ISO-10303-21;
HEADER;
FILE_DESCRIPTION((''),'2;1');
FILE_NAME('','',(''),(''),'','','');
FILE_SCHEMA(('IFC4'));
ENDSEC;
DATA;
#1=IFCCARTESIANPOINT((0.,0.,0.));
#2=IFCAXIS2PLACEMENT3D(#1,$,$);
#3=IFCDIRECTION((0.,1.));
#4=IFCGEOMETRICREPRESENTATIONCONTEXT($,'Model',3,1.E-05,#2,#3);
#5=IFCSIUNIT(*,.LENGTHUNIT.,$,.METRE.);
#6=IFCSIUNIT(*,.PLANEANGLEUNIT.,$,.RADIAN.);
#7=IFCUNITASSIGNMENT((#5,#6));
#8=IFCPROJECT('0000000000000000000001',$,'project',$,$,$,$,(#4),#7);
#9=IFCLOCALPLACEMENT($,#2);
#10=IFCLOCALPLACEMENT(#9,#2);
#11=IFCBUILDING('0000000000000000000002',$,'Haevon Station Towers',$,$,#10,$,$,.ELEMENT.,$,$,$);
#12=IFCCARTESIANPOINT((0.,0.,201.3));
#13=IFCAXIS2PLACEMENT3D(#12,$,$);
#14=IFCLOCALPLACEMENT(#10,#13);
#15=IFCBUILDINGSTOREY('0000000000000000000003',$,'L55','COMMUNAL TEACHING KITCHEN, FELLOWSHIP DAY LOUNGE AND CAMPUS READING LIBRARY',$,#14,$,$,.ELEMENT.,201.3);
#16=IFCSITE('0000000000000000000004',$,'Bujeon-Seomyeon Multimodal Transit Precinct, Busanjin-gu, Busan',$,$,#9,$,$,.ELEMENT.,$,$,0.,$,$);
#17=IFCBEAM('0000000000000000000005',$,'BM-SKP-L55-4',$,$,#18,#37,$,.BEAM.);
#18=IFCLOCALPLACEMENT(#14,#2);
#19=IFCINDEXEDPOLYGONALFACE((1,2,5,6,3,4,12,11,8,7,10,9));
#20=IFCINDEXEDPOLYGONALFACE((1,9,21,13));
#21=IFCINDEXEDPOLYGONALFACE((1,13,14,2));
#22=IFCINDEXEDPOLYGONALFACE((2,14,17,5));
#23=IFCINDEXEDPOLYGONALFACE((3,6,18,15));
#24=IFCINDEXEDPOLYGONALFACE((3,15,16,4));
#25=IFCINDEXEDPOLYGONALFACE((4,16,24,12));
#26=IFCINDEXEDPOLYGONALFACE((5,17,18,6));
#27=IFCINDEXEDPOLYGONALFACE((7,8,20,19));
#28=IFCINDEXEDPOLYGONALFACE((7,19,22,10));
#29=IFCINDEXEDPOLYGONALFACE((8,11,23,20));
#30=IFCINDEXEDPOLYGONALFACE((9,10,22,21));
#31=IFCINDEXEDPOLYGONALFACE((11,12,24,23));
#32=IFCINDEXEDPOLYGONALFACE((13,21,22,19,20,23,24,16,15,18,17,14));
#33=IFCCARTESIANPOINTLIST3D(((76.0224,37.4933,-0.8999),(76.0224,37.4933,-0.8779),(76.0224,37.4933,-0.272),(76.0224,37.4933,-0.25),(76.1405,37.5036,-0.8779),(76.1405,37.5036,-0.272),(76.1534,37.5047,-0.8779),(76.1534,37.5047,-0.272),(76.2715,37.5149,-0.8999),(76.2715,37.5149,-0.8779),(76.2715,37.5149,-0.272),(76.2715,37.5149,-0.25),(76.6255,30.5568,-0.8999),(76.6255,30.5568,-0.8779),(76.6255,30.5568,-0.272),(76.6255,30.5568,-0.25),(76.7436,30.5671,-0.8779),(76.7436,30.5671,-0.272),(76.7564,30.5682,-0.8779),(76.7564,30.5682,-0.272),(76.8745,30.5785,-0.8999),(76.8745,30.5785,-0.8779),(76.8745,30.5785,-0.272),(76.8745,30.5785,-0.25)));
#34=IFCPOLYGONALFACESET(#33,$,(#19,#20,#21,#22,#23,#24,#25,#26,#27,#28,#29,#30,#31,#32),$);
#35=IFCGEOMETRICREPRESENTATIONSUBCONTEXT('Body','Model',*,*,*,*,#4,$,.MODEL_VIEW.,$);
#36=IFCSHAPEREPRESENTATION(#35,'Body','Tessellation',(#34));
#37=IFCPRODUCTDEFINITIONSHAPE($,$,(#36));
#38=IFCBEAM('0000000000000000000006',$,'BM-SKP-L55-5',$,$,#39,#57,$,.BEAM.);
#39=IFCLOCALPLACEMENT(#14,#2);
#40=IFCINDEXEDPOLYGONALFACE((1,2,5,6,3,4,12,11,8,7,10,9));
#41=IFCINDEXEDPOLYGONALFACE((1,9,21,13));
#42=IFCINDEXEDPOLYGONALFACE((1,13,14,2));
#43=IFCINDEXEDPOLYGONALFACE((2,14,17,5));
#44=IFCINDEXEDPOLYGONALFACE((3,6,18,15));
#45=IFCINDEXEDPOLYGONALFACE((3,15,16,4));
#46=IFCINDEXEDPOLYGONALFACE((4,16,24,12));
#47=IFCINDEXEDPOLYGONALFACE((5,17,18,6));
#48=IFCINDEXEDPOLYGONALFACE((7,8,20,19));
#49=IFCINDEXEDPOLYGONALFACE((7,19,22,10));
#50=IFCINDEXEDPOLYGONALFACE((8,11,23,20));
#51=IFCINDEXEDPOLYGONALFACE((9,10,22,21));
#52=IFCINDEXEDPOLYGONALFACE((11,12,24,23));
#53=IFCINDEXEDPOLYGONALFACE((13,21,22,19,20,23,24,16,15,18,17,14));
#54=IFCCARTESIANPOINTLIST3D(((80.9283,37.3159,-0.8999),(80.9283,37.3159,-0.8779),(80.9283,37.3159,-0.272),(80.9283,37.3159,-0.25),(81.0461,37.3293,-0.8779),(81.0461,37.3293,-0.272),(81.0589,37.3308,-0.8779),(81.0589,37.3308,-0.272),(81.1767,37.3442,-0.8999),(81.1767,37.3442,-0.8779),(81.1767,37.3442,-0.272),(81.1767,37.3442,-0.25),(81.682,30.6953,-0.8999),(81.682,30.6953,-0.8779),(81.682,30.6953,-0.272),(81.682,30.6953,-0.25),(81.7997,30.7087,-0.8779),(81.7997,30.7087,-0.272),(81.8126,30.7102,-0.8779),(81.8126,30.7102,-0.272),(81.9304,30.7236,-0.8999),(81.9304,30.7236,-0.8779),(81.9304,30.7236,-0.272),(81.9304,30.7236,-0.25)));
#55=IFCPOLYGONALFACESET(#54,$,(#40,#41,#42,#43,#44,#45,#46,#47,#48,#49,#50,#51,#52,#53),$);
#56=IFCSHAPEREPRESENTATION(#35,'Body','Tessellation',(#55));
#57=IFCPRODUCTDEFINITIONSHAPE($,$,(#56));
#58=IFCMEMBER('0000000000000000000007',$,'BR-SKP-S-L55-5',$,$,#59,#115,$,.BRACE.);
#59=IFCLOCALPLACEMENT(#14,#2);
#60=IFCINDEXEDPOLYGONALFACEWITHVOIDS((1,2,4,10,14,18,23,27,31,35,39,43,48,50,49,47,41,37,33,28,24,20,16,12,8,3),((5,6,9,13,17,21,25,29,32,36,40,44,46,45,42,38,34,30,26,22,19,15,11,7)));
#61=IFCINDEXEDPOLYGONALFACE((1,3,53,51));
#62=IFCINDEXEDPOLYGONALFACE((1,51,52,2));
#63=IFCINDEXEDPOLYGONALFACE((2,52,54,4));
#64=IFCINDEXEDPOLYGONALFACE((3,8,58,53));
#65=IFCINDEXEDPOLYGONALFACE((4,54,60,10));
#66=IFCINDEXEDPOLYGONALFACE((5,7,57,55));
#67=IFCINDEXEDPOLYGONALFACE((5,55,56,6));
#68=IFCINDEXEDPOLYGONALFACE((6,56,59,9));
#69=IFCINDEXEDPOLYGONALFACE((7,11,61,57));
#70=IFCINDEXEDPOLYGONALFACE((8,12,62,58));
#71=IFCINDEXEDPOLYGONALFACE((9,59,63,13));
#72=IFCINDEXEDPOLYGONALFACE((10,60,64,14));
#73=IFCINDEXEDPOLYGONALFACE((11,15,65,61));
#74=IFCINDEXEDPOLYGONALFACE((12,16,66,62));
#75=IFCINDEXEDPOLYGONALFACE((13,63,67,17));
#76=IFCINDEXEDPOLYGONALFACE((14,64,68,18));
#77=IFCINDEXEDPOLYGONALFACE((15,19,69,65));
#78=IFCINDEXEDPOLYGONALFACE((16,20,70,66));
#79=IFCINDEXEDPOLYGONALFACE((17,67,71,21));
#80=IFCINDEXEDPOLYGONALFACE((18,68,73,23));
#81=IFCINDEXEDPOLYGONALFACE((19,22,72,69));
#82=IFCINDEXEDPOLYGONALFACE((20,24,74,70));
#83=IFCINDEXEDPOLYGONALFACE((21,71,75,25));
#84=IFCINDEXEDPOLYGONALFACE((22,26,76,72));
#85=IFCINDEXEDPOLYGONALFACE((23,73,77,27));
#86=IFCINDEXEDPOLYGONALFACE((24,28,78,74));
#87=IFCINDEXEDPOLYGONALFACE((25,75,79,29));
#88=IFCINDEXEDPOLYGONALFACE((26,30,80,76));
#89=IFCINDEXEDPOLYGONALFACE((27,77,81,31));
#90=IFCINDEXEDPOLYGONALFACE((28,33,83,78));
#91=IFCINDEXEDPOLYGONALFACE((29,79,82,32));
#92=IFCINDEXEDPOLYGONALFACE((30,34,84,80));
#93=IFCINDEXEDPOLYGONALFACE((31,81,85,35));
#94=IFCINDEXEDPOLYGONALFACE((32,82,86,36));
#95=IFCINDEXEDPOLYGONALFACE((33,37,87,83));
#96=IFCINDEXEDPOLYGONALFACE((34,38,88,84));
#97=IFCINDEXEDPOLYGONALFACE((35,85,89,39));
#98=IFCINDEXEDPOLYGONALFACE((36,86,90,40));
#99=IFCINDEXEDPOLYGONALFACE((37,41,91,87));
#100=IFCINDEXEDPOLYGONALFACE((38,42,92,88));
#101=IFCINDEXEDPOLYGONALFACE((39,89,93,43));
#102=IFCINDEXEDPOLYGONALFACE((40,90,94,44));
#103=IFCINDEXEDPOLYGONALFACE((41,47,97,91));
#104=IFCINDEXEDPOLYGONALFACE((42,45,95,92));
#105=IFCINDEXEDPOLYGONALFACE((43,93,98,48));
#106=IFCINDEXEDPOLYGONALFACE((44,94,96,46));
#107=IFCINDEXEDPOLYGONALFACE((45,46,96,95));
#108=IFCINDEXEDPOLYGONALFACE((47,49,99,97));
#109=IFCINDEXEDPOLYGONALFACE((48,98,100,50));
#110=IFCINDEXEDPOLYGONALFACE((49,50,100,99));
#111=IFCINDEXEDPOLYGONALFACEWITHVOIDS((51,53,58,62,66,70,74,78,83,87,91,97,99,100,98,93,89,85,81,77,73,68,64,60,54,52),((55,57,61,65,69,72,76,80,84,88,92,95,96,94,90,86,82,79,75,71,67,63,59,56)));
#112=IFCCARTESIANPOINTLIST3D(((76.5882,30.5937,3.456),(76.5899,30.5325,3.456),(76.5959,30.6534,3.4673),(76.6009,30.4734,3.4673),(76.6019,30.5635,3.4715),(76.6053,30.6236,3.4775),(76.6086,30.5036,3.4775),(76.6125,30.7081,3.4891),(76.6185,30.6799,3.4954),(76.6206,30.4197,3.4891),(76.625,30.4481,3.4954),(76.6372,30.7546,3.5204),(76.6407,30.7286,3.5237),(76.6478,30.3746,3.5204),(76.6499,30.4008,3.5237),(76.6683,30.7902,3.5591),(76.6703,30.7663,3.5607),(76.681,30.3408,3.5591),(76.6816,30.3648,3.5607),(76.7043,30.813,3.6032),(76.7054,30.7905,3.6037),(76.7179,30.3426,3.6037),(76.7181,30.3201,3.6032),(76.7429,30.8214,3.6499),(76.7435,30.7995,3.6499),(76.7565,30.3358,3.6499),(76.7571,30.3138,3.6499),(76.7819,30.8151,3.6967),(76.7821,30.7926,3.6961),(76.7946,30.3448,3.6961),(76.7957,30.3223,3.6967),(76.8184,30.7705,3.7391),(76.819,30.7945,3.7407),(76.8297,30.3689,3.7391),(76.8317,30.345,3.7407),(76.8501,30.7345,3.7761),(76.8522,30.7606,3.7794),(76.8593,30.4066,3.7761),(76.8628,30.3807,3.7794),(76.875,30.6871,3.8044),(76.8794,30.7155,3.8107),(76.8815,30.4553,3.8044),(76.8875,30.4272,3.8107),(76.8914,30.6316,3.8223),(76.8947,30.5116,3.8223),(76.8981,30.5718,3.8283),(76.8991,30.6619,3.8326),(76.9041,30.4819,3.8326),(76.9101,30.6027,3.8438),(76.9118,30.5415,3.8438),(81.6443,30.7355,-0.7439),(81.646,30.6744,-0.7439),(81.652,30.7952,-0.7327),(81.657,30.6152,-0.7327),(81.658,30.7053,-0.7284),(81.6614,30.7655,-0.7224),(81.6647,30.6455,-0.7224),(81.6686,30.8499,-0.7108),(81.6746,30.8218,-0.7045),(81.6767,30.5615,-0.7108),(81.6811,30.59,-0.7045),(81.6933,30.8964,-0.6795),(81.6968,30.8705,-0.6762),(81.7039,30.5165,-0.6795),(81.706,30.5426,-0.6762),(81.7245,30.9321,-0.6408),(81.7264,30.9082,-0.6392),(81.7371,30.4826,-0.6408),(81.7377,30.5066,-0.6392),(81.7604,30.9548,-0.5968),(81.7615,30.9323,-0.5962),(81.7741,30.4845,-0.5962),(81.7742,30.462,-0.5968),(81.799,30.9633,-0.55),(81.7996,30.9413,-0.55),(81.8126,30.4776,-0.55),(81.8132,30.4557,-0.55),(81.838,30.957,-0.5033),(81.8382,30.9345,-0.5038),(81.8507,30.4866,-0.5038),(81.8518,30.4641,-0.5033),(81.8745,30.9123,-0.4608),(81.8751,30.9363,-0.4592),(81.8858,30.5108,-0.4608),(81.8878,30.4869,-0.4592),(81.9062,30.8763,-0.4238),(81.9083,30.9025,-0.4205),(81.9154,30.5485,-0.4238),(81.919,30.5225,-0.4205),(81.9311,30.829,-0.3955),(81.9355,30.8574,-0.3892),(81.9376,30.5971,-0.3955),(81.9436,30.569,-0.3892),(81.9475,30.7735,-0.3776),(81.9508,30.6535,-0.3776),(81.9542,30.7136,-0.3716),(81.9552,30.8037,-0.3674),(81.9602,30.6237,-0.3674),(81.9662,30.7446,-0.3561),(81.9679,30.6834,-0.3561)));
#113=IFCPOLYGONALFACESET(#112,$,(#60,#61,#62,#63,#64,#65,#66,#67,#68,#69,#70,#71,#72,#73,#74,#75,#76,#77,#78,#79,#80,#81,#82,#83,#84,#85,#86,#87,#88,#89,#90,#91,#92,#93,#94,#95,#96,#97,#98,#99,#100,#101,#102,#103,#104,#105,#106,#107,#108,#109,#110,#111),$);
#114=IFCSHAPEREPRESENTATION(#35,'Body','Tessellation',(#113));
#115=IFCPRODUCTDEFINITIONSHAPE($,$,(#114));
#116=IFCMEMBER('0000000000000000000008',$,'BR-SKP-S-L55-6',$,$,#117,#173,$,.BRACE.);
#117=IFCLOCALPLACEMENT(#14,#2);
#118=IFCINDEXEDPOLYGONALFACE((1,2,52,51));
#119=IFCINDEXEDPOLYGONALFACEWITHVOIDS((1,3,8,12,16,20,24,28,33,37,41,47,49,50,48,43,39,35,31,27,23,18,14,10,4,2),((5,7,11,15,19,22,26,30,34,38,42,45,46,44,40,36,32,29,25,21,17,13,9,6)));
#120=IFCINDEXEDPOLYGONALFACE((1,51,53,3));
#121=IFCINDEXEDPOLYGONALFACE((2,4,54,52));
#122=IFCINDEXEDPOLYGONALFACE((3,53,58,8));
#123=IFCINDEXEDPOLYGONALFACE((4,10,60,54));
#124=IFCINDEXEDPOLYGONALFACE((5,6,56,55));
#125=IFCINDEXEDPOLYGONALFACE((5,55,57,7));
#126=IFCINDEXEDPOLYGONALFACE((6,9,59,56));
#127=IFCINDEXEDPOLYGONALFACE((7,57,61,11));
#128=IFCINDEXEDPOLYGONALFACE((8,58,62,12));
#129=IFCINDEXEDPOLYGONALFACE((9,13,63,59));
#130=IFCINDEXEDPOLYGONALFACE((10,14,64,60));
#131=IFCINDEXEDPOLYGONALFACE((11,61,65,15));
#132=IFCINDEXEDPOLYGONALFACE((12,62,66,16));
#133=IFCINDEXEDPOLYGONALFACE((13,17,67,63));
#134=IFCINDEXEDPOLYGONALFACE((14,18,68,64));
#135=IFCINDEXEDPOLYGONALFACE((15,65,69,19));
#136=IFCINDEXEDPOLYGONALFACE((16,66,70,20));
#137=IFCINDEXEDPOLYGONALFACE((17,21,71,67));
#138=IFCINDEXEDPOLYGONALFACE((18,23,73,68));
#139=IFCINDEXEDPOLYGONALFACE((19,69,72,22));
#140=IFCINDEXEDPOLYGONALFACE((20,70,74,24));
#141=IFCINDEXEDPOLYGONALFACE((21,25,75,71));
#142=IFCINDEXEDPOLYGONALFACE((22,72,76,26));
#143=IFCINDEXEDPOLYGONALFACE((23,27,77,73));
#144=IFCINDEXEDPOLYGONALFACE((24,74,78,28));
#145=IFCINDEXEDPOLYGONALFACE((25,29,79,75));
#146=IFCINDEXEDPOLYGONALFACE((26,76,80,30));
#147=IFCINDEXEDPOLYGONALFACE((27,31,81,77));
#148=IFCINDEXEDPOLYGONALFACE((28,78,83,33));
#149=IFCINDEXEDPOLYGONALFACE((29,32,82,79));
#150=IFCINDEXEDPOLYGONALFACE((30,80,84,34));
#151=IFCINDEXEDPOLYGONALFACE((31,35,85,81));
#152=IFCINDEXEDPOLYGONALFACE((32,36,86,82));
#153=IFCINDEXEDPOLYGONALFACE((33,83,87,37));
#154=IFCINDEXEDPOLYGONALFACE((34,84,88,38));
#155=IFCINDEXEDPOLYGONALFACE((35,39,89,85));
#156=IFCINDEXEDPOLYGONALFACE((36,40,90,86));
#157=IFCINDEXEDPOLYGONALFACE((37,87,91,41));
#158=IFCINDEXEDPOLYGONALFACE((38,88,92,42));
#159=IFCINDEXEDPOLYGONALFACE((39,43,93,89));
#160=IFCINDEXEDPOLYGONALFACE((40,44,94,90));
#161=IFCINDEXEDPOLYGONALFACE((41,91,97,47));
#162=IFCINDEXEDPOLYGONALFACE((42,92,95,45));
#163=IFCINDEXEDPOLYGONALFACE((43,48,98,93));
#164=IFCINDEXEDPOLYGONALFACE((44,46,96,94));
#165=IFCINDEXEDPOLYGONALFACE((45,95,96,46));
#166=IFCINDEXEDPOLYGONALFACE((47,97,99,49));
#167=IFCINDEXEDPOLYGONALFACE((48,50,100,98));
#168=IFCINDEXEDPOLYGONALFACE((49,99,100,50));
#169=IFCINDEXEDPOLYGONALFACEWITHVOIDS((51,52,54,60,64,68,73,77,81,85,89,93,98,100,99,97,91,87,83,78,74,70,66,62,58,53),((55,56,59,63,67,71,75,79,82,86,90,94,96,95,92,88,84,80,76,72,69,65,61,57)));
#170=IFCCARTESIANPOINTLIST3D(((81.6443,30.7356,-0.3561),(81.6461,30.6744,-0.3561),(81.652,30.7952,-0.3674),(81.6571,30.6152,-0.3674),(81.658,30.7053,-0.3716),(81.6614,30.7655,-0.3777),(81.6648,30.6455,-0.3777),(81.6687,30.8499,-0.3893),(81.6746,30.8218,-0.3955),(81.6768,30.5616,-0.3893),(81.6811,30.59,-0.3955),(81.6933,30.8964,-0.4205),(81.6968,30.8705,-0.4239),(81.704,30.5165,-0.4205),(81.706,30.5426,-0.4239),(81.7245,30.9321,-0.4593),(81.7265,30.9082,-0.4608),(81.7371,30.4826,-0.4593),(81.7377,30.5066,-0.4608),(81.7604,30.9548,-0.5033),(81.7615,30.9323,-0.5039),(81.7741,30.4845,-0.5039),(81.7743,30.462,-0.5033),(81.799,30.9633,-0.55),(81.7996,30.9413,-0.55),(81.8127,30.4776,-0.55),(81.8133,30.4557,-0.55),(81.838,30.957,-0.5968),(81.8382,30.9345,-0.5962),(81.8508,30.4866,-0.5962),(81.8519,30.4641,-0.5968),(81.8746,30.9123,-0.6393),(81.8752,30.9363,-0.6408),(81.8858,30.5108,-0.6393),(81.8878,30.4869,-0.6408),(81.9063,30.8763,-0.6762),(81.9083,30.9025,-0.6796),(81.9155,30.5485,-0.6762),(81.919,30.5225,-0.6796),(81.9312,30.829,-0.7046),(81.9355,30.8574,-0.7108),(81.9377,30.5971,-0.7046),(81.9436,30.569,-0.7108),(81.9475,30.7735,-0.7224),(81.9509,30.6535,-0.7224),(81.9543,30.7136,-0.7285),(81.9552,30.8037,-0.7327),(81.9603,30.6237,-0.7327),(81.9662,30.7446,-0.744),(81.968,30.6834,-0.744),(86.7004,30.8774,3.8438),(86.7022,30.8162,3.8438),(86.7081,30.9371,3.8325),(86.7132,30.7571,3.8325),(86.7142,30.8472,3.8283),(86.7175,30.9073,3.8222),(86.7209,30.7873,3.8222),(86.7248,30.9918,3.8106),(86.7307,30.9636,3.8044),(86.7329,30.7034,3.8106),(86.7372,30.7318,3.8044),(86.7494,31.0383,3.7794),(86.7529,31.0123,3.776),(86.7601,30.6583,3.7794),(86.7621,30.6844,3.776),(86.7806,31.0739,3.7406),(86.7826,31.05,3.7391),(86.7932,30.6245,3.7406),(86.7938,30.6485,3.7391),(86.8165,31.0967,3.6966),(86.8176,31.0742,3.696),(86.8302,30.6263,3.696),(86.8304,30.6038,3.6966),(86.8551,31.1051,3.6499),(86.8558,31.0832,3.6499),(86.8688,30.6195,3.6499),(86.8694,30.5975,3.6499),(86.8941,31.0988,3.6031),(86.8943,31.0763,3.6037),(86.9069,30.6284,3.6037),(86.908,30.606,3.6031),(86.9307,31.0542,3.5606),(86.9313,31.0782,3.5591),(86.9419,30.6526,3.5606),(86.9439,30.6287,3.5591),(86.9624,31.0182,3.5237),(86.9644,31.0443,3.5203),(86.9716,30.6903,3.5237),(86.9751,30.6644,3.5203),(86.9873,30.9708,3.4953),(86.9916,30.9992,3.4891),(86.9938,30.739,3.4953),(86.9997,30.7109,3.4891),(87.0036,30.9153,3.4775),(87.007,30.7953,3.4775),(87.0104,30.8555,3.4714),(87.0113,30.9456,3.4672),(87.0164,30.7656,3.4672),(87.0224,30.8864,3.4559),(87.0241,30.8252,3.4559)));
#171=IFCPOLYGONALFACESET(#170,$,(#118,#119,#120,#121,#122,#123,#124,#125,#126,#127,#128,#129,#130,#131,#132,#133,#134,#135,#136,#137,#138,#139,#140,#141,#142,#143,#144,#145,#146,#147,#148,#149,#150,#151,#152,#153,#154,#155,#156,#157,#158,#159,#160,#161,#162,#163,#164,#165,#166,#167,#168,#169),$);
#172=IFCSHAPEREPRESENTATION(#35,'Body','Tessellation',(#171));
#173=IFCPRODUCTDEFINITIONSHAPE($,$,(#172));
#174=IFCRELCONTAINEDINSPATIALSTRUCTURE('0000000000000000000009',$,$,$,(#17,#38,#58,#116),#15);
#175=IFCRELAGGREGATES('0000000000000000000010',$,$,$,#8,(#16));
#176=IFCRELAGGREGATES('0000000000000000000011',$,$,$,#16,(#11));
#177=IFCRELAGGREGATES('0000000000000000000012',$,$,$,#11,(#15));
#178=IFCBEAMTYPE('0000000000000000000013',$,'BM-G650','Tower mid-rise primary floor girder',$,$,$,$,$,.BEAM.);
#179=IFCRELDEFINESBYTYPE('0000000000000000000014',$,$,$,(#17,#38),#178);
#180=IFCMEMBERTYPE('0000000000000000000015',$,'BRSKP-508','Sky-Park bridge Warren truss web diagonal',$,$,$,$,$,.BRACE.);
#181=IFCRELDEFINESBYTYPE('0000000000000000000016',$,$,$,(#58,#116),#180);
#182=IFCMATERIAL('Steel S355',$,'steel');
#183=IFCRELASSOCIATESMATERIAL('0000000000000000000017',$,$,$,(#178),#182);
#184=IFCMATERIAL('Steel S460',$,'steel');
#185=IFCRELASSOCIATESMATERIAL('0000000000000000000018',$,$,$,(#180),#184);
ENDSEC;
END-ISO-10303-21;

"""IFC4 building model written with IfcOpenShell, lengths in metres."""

from ifc_helpers import new_model, si_unit, direction, frame, origin, origin_2d, place, context, subcontext, project, spatial, hollow_circle, i_section, extrude, material, material_profile, profile_set, type_object, element, save


model = new_model("IFC4")

# Units and contexts
model_context = context("Model", 3, precision=1e-05, world=origin(), true_north=direction((0.0, 1.0)))
body_context = subcontext(model_context, "Body", "Model", "MODEL_VIEW")
ifc_project = project(units=[si_unit("LENGTHUNIT", "METRE"), si_unit("PLANEANGLEUNIT", "RADIAN")], contexts=[model_context])

# Site, building, storey
site_placement = place(None, origin())
site = spatial("IfcSite", under=ifc_project, at=site_placement, Name="Bujeon-Seomyeon Multimodal Transit Precinct, Busanjin-gu, Busan", CompositionType="ELEMENT", RefElevation=0.0)
building_placement = place(site_placement, origin())
building = spatial("IfcBuilding", under=site, at=building_placement, Name="Haevon Station Towers", CompositionType="ELEMENT")
storey_placement = place(building_placement, frame((0.0, 0.0, 201.3)))
storey = spatial("IfcBuildingStorey", under=building, at=storey_placement, Name="L55", Description="COMMUNAL TEACHING KITCHEN, FELLOWSHIP DAY LOUNGE AND CAMPUS READING LIBRARY", CompositionType="ELEMENT", Elevation=201.3)

# Beams
ifc_material_1 = material(Name="Steel S355", Category="steel")
ifc_material_profile_1 = material_profile(ifc_material_1, i_section(OverallWidth=0.25, OverallDepth=0.6499, WebThickness=0.0129, FlangeThickness=0.022, at=origin_2d()), Name="H-650x250x13x22")
ifc_profile_set_1 = profile_set([ifc_material_profile_1], Name="Steel S355")
beam_type = type_object("IfcBeamType", Name="BM-G650", Description="Tower mid-rise primary floor girder", PredefinedType="BEAM", material=ifc_profile_set_1)
beam_1_placement = place(storey_placement, frame((76.75, 30.5676, -0.575), z_axis=(-0.086608, 0.996242, 0.0), x_axis=(-0.996242, -0.086608, 0.0)))
element("IfcBeam", 1, at=beam_1_placement, inside=storey, type_object=beam_type, Name="BM-SKP-L55-4", PredefinedType="BEAM", context=body_context, shape_type="SweptSolid", body=[
    extrude(i_section(OverallWidth=0.25, OverallDepth=0.6499, WebThickness=0.0129, FlangeThickness=0.022, at=origin_2d()), origin(), (0.0, 0.0, 1.0), 6.9626),
])
beam_2_placement = place(storey_placement, frame((81.8062, 30.7095, -0.575), z_axis=(-0.113105, 0.993583, 0.0), x_axis=(-0.993583, -0.113105, 0.0)))
element("IfcBeam", 2, at=beam_2_placement, inside=storey, type_object=beam_type, Name="BM-SKP-L55-5", PredefinedType="BEAM", context=body_context, shape_type="SweptSolid", body=[
    extrude(i_section(OverallWidth=0.25, OverallDepth=0.6499, WebThickness=0.0129, FlangeThickness=0.022, at=origin_2d()), origin(), (0.0, 0.0, 1.0), 6.6633),
])

# Members
ifc_material_2 = material(Name="Steel S460", Category="steel")
ifc_material_profile_2 = material_profile(ifc_material_2, hollow_circle(Radius=0.2539, WallThickness=0.022, at=origin_2d()), Name="CHS-508x22")
ifc_profile_set_2 = profile_set([ifc_material_profile_2], Name="Steel S460")
member_type_1 = type_object("IfcMemberType", Name="BRSKP-508", Description="Sky-Park bridge Warren truss web diagonal", PredefinedType="BRACE", material=ifc_profile_set_2)
for number, where, z_axis, x_axis, name in (
    (3, (76.75, 30.5676, 3.6499), (0.769052, 0.021575, -0.638822), (-0.028043, 0.999607, 0.0), "BR-SKP-S-L55-5"),
    (4, (81.8062, 30.7095, -0.55), (0.769052, 0.021575, 0.638822), (-0.028043, 0.999607, 0.0), "BR-SKP-S-L55-6"),
):
    element("IfcMember", number, at=place(storey_placement, frame(where, z_axis=z_axis, x_axis=x_axis)), inside=storey, type_object=member_type_1, Name=name, PredefinedType="BRACE", context=body_context, shape_type="SweptSolid", body=[
        extrude(hollow_circle(Radius=0.2539, WallThickness=0.022, at=origin_2d()), origin(), (0.0, 0.0, 1.0), 6.5745),
    ])

save(model, "model.ifc")
